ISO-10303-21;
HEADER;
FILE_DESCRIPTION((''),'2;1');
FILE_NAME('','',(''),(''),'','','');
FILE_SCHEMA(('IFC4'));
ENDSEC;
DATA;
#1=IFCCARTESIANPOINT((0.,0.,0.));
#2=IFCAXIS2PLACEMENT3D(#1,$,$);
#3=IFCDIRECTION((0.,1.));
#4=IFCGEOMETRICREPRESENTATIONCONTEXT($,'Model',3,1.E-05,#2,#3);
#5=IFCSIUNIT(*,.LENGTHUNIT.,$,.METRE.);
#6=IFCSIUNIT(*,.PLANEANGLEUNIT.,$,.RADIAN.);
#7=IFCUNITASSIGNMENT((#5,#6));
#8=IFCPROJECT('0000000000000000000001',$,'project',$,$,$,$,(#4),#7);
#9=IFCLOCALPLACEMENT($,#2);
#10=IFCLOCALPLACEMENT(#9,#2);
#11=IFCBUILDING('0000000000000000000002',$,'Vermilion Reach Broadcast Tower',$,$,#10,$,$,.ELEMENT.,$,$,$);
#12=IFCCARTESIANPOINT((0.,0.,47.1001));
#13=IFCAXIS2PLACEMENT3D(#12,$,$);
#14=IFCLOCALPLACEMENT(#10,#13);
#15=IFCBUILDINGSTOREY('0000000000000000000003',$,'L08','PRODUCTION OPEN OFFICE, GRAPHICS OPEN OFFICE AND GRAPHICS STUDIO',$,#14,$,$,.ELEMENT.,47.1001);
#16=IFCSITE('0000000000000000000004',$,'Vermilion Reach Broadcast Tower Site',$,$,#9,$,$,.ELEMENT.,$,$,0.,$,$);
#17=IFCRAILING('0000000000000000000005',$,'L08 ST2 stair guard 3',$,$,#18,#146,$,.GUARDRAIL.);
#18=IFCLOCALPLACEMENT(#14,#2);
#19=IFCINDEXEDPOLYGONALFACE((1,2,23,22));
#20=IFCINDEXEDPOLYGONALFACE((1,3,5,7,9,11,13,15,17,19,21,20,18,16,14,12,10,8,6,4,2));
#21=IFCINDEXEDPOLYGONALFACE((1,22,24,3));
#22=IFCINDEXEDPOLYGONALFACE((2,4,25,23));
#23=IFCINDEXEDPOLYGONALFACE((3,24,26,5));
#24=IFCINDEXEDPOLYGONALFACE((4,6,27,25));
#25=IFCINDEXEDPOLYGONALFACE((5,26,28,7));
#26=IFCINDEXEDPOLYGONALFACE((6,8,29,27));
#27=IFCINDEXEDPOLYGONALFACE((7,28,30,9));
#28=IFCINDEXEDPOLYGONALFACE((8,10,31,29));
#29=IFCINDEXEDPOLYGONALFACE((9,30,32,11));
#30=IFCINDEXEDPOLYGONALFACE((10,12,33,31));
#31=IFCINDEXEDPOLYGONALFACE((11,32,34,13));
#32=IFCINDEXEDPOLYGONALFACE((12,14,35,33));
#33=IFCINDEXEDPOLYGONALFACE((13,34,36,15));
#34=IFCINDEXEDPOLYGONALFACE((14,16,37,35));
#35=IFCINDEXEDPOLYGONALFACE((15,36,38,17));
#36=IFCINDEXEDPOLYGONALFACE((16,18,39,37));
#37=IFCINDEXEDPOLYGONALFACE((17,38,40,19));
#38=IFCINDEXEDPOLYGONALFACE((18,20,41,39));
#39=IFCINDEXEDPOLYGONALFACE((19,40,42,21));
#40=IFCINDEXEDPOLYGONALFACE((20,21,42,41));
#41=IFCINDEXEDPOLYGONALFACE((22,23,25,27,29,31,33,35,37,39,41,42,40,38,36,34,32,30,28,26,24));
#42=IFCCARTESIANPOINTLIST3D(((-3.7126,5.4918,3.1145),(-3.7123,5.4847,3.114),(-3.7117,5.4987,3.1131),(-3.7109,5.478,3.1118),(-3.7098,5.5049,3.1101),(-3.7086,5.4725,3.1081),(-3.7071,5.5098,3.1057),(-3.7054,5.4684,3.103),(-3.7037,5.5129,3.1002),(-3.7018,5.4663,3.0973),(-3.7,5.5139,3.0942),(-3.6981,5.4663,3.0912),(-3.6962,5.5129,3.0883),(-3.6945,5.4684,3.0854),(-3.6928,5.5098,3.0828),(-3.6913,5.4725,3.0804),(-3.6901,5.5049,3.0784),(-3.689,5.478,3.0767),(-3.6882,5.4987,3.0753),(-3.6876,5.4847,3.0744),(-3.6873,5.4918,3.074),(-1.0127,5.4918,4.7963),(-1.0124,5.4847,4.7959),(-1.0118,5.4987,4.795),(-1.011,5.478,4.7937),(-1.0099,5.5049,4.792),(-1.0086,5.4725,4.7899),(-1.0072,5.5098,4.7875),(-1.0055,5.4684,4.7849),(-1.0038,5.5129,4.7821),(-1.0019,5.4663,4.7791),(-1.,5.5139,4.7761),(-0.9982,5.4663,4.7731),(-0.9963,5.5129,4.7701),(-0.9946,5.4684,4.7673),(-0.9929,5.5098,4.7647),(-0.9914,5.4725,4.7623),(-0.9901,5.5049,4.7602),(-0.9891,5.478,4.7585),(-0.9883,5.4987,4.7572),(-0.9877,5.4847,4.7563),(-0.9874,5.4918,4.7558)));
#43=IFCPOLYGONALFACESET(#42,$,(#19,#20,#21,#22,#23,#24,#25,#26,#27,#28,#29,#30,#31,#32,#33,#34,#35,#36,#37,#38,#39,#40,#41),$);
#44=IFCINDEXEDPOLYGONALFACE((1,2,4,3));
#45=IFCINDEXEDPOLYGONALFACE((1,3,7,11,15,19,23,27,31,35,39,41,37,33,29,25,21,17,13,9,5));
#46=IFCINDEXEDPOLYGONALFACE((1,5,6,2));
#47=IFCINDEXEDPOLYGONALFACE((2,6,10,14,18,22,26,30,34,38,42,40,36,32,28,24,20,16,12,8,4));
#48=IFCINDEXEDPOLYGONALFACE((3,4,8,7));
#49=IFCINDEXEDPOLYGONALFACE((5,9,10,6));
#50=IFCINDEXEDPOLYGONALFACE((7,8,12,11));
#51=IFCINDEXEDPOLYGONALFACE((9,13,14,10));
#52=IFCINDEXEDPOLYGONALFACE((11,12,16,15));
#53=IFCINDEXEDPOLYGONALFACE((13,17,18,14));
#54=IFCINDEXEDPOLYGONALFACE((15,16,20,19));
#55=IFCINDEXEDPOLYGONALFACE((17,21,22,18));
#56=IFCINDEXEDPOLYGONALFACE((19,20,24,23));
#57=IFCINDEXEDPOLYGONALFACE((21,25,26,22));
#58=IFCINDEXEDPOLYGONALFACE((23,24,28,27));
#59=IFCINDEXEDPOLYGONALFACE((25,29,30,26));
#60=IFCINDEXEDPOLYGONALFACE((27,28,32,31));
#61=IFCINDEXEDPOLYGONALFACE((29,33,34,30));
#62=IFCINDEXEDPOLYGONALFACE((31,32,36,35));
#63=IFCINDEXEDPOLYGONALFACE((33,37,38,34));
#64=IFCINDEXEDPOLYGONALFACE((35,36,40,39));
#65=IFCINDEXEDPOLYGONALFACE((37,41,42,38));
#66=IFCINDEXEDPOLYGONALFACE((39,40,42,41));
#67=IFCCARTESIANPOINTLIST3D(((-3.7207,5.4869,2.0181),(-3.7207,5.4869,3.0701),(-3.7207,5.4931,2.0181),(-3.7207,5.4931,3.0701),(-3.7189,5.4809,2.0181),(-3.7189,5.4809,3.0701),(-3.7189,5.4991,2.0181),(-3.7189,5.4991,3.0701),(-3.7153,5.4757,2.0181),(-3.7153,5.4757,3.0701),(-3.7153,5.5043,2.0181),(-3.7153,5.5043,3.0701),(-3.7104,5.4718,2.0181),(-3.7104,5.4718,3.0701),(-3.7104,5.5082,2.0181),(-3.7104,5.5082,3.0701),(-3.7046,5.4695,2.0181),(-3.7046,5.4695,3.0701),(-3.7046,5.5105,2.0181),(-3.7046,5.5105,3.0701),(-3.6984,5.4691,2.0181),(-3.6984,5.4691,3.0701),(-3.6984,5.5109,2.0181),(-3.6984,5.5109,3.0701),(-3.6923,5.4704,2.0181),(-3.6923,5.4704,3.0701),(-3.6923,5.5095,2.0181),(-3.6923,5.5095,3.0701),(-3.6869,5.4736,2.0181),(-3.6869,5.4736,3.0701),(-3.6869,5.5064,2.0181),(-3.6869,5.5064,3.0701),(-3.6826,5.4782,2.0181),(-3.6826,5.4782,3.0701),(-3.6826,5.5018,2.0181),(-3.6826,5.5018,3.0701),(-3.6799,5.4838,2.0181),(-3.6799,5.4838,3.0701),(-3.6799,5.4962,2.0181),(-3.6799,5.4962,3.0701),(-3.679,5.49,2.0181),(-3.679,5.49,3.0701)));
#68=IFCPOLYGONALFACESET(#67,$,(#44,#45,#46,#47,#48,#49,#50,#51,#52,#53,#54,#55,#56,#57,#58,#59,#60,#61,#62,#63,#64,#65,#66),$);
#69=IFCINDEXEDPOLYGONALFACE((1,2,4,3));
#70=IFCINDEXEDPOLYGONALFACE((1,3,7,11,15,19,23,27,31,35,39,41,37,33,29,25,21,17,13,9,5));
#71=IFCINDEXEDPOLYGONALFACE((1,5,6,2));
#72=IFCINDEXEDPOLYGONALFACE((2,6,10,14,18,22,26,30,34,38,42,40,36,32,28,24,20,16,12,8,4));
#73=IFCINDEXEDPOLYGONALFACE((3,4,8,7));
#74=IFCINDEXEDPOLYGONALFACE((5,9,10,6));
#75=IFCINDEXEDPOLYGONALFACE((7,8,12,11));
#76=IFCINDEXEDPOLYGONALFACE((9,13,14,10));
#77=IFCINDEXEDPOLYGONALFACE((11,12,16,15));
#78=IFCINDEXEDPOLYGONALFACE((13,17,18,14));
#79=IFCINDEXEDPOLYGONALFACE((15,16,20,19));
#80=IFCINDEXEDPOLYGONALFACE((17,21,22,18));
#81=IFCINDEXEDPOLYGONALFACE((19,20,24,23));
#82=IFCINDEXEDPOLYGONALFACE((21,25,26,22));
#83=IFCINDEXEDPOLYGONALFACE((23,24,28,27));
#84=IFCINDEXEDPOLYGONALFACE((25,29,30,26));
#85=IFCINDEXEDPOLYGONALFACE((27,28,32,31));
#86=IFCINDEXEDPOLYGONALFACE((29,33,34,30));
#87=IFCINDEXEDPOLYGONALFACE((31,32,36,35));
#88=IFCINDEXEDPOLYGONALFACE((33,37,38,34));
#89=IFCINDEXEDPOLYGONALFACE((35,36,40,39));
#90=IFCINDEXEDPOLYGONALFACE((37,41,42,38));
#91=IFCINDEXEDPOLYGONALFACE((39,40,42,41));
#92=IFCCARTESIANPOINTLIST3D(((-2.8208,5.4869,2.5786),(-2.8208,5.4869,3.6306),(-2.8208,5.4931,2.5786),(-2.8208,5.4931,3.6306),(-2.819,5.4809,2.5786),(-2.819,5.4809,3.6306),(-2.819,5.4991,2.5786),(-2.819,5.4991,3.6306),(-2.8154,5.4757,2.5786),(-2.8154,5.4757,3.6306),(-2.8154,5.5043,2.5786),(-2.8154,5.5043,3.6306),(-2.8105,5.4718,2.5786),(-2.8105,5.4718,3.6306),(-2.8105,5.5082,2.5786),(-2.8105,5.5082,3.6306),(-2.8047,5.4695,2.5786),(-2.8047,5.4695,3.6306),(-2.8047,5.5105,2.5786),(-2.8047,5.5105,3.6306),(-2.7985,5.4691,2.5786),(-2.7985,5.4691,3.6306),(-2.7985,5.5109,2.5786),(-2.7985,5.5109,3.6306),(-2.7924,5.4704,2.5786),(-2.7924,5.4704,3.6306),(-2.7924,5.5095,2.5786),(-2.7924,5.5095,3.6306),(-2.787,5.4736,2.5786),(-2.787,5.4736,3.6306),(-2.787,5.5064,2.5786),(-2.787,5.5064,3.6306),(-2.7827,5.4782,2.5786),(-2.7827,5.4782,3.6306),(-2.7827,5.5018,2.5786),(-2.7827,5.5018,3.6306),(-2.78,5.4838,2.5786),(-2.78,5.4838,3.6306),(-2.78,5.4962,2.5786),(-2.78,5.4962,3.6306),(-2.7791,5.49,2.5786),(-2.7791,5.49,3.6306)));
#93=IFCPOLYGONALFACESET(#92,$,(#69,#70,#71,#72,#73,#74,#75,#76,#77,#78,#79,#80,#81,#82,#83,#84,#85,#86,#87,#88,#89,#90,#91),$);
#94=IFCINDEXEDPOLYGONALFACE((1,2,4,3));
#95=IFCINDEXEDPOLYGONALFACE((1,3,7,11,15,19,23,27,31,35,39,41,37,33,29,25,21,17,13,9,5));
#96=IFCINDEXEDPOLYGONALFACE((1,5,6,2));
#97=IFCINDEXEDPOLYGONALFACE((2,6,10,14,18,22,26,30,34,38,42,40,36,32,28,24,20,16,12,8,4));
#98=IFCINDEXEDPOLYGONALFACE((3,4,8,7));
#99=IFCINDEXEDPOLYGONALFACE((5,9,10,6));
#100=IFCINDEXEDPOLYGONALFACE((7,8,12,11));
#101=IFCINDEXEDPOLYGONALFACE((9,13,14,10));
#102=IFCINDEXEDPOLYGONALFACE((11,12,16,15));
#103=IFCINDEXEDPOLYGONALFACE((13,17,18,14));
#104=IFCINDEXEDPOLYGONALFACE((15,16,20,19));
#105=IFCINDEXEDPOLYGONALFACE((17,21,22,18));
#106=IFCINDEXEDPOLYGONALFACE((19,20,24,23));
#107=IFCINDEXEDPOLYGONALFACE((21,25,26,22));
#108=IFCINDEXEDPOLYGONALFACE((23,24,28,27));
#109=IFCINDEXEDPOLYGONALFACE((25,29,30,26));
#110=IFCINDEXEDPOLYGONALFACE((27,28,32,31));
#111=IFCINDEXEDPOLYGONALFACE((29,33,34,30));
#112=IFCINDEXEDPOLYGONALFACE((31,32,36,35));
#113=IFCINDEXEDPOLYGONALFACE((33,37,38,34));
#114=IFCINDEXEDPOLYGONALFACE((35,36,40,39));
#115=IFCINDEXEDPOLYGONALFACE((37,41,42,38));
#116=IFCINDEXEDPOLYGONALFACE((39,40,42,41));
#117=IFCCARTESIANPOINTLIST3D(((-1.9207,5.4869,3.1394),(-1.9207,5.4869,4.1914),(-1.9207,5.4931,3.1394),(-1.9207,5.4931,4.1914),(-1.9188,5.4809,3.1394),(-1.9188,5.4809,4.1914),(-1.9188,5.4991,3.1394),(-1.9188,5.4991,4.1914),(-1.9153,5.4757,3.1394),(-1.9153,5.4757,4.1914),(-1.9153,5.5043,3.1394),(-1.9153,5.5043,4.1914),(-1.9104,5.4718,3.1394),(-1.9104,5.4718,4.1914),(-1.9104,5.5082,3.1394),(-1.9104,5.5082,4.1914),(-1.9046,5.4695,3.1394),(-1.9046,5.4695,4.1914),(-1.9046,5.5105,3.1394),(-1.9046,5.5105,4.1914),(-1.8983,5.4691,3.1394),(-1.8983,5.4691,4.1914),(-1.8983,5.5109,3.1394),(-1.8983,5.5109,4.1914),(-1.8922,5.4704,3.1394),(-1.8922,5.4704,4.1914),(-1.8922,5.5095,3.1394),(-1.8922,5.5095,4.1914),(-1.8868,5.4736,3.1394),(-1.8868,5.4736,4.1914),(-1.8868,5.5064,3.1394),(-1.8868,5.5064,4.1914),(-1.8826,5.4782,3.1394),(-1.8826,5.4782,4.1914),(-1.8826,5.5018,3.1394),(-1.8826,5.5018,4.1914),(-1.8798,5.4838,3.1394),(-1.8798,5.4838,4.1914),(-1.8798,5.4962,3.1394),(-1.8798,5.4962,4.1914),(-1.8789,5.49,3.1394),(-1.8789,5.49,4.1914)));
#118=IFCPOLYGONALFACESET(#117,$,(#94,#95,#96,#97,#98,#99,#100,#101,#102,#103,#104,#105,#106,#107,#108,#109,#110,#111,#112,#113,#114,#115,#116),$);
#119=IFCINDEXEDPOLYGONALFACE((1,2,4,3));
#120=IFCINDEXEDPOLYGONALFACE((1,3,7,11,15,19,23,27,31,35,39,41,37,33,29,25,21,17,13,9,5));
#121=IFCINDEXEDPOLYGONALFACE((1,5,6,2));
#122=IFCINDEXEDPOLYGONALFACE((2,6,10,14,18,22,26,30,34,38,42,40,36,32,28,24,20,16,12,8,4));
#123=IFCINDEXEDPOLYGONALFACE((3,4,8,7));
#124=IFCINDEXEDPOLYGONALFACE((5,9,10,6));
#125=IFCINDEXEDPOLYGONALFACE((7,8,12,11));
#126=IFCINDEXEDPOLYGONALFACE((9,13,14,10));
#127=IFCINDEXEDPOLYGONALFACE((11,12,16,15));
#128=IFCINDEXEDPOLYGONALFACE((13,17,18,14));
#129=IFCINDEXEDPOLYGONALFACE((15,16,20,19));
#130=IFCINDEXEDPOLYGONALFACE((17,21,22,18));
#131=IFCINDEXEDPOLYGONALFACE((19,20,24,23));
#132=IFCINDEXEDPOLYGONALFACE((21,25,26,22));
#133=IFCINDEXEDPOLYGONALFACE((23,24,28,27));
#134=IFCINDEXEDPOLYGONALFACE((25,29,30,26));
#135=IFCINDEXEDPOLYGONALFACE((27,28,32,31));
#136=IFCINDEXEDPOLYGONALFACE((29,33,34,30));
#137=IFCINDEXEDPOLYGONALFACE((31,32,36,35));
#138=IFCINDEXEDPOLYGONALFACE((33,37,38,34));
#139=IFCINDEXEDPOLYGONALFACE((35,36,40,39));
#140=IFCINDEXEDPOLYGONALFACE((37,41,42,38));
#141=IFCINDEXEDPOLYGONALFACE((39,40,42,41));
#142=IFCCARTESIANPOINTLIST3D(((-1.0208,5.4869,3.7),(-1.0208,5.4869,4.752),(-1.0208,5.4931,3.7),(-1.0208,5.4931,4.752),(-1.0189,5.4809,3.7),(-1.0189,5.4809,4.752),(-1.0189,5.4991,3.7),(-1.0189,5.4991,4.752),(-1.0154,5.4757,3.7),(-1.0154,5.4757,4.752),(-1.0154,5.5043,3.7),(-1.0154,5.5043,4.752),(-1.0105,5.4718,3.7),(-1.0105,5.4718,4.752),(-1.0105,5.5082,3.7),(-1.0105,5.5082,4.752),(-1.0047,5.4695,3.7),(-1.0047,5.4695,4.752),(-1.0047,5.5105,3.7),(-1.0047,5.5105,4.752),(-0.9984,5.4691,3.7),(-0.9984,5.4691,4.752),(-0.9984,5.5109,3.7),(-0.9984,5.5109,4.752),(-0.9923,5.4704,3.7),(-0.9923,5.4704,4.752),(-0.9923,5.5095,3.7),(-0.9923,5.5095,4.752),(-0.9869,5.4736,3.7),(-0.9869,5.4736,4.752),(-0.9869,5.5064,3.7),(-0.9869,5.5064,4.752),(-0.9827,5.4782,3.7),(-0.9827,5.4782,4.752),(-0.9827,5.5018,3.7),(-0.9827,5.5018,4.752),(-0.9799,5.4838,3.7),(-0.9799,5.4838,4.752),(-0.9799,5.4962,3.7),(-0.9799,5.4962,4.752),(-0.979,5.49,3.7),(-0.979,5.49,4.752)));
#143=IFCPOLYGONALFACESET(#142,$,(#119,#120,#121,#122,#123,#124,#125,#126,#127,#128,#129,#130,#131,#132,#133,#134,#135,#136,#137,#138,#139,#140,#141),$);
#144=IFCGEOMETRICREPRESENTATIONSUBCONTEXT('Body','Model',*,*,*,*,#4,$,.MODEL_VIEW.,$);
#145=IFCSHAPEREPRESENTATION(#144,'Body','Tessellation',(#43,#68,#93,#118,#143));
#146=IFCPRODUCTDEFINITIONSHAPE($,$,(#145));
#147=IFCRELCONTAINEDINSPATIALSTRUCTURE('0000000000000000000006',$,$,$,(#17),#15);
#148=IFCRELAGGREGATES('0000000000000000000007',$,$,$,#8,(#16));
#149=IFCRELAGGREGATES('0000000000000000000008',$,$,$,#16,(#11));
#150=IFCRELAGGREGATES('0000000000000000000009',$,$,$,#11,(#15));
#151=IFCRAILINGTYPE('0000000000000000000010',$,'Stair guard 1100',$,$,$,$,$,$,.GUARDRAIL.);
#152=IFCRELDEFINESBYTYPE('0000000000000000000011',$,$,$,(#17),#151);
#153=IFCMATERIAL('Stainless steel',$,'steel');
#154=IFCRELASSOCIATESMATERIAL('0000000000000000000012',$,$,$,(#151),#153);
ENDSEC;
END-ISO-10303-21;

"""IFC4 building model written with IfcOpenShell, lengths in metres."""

from ifc_helpers import new_model, si_unit, direction, frame, origin, origin_2d, place, context, subcontext, project, spatial, circle, extrude, material, type_object, element, save


model = new_model("IFC4")

# Units and contexts
model_context = context("Model", 3, precision=1e-05, world=origin(), true_north=direction((0.0, 1.0)))
body_context = subcontext(model_context, "Body", "Model", "MODEL_VIEW")
ifc_project = project(units=[si_unit("LENGTHUNIT", "METRE"), si_unit("PLANEANGLEUNIT", "RADIAN")], contexts=[model_context])

# Site, building, storey
site_placement = place(None, origin())
site = spatial("IfcSite", under=ifc_project, at=site_placement, Name="Vermilion Reach Broadcast Tower Site", CompositionType="ELEMENT", RefElevation=0.0)
building_placement = place(site_placement, origin())
building = spatial("IfcBuilding", under=site, at=building_placement, Name="Vermilion Reach Broadcast Tower", CompositionType="ELEMENT")
storey_placement = place(building_placement, frame((0.0, 0.0, 47.1001)))
storey = spatial("IfcBuildingStorey", under=building, at=storey_placement, Name="L08", Description="PRODUCTION OPEN OFFICE, GRAPHICS OPEN OFFICE AND GRAPHICS STUDIO", CompositionType="ELEMENT", Elevation=47.1001)

# Railing
ifc_material_1 = material(Name="Stainless steel", Category="steel")
railing_type_1 = type_object("IfcRailingType", Name="Stair guard 1100", PredefinedType="GUARDRAIL", material=ifc_material_1)
railing_1_placement = place(storey_placement, frame((-3.7, 5.49, 2.0181)))
element("IfcRailing", 1, at=railing_1_placement, inside=storey, type_object=railing_type_1, Name="L08 ST2 stair guard 3", PredefinedType="GUARDRAIL", context=body_context, shape_type="SweptSolid", body=[
    extrude(circle(Radius=0.0239, at=origin_2d()), frame((0.0, 0.0, 1.0762), z_axis=(0.848786, 0.0, 0.528736), x_axis=(0.0, 1.0, 0.0)), (0.0, 0.0, 1.0), 3.1809),
    extrude(circle(Radius=0.021, at=origin_2d()), origin(), (0.0, 0.0, 1.0), 1.052),
    extrude(circle(Radius=0.021, at=origin_2d()), frame((0.8999, 0.0, 0.5605)), (0.0, 0.0, 1.0), 1.052),
    extrude(circle(Radius=0.021, at=origin_2d()), frame((1.8, 0.0, 1.1213)), (0.0, 0.0, 1.0), 1.052),
    extrude(circle(Radius=0.021, at=origin_2d()), frame((2.7, 0.0, 1.6819)), (0.0, 0.0, 1.0), 1.052),
])

save(model, "model.ifc")
